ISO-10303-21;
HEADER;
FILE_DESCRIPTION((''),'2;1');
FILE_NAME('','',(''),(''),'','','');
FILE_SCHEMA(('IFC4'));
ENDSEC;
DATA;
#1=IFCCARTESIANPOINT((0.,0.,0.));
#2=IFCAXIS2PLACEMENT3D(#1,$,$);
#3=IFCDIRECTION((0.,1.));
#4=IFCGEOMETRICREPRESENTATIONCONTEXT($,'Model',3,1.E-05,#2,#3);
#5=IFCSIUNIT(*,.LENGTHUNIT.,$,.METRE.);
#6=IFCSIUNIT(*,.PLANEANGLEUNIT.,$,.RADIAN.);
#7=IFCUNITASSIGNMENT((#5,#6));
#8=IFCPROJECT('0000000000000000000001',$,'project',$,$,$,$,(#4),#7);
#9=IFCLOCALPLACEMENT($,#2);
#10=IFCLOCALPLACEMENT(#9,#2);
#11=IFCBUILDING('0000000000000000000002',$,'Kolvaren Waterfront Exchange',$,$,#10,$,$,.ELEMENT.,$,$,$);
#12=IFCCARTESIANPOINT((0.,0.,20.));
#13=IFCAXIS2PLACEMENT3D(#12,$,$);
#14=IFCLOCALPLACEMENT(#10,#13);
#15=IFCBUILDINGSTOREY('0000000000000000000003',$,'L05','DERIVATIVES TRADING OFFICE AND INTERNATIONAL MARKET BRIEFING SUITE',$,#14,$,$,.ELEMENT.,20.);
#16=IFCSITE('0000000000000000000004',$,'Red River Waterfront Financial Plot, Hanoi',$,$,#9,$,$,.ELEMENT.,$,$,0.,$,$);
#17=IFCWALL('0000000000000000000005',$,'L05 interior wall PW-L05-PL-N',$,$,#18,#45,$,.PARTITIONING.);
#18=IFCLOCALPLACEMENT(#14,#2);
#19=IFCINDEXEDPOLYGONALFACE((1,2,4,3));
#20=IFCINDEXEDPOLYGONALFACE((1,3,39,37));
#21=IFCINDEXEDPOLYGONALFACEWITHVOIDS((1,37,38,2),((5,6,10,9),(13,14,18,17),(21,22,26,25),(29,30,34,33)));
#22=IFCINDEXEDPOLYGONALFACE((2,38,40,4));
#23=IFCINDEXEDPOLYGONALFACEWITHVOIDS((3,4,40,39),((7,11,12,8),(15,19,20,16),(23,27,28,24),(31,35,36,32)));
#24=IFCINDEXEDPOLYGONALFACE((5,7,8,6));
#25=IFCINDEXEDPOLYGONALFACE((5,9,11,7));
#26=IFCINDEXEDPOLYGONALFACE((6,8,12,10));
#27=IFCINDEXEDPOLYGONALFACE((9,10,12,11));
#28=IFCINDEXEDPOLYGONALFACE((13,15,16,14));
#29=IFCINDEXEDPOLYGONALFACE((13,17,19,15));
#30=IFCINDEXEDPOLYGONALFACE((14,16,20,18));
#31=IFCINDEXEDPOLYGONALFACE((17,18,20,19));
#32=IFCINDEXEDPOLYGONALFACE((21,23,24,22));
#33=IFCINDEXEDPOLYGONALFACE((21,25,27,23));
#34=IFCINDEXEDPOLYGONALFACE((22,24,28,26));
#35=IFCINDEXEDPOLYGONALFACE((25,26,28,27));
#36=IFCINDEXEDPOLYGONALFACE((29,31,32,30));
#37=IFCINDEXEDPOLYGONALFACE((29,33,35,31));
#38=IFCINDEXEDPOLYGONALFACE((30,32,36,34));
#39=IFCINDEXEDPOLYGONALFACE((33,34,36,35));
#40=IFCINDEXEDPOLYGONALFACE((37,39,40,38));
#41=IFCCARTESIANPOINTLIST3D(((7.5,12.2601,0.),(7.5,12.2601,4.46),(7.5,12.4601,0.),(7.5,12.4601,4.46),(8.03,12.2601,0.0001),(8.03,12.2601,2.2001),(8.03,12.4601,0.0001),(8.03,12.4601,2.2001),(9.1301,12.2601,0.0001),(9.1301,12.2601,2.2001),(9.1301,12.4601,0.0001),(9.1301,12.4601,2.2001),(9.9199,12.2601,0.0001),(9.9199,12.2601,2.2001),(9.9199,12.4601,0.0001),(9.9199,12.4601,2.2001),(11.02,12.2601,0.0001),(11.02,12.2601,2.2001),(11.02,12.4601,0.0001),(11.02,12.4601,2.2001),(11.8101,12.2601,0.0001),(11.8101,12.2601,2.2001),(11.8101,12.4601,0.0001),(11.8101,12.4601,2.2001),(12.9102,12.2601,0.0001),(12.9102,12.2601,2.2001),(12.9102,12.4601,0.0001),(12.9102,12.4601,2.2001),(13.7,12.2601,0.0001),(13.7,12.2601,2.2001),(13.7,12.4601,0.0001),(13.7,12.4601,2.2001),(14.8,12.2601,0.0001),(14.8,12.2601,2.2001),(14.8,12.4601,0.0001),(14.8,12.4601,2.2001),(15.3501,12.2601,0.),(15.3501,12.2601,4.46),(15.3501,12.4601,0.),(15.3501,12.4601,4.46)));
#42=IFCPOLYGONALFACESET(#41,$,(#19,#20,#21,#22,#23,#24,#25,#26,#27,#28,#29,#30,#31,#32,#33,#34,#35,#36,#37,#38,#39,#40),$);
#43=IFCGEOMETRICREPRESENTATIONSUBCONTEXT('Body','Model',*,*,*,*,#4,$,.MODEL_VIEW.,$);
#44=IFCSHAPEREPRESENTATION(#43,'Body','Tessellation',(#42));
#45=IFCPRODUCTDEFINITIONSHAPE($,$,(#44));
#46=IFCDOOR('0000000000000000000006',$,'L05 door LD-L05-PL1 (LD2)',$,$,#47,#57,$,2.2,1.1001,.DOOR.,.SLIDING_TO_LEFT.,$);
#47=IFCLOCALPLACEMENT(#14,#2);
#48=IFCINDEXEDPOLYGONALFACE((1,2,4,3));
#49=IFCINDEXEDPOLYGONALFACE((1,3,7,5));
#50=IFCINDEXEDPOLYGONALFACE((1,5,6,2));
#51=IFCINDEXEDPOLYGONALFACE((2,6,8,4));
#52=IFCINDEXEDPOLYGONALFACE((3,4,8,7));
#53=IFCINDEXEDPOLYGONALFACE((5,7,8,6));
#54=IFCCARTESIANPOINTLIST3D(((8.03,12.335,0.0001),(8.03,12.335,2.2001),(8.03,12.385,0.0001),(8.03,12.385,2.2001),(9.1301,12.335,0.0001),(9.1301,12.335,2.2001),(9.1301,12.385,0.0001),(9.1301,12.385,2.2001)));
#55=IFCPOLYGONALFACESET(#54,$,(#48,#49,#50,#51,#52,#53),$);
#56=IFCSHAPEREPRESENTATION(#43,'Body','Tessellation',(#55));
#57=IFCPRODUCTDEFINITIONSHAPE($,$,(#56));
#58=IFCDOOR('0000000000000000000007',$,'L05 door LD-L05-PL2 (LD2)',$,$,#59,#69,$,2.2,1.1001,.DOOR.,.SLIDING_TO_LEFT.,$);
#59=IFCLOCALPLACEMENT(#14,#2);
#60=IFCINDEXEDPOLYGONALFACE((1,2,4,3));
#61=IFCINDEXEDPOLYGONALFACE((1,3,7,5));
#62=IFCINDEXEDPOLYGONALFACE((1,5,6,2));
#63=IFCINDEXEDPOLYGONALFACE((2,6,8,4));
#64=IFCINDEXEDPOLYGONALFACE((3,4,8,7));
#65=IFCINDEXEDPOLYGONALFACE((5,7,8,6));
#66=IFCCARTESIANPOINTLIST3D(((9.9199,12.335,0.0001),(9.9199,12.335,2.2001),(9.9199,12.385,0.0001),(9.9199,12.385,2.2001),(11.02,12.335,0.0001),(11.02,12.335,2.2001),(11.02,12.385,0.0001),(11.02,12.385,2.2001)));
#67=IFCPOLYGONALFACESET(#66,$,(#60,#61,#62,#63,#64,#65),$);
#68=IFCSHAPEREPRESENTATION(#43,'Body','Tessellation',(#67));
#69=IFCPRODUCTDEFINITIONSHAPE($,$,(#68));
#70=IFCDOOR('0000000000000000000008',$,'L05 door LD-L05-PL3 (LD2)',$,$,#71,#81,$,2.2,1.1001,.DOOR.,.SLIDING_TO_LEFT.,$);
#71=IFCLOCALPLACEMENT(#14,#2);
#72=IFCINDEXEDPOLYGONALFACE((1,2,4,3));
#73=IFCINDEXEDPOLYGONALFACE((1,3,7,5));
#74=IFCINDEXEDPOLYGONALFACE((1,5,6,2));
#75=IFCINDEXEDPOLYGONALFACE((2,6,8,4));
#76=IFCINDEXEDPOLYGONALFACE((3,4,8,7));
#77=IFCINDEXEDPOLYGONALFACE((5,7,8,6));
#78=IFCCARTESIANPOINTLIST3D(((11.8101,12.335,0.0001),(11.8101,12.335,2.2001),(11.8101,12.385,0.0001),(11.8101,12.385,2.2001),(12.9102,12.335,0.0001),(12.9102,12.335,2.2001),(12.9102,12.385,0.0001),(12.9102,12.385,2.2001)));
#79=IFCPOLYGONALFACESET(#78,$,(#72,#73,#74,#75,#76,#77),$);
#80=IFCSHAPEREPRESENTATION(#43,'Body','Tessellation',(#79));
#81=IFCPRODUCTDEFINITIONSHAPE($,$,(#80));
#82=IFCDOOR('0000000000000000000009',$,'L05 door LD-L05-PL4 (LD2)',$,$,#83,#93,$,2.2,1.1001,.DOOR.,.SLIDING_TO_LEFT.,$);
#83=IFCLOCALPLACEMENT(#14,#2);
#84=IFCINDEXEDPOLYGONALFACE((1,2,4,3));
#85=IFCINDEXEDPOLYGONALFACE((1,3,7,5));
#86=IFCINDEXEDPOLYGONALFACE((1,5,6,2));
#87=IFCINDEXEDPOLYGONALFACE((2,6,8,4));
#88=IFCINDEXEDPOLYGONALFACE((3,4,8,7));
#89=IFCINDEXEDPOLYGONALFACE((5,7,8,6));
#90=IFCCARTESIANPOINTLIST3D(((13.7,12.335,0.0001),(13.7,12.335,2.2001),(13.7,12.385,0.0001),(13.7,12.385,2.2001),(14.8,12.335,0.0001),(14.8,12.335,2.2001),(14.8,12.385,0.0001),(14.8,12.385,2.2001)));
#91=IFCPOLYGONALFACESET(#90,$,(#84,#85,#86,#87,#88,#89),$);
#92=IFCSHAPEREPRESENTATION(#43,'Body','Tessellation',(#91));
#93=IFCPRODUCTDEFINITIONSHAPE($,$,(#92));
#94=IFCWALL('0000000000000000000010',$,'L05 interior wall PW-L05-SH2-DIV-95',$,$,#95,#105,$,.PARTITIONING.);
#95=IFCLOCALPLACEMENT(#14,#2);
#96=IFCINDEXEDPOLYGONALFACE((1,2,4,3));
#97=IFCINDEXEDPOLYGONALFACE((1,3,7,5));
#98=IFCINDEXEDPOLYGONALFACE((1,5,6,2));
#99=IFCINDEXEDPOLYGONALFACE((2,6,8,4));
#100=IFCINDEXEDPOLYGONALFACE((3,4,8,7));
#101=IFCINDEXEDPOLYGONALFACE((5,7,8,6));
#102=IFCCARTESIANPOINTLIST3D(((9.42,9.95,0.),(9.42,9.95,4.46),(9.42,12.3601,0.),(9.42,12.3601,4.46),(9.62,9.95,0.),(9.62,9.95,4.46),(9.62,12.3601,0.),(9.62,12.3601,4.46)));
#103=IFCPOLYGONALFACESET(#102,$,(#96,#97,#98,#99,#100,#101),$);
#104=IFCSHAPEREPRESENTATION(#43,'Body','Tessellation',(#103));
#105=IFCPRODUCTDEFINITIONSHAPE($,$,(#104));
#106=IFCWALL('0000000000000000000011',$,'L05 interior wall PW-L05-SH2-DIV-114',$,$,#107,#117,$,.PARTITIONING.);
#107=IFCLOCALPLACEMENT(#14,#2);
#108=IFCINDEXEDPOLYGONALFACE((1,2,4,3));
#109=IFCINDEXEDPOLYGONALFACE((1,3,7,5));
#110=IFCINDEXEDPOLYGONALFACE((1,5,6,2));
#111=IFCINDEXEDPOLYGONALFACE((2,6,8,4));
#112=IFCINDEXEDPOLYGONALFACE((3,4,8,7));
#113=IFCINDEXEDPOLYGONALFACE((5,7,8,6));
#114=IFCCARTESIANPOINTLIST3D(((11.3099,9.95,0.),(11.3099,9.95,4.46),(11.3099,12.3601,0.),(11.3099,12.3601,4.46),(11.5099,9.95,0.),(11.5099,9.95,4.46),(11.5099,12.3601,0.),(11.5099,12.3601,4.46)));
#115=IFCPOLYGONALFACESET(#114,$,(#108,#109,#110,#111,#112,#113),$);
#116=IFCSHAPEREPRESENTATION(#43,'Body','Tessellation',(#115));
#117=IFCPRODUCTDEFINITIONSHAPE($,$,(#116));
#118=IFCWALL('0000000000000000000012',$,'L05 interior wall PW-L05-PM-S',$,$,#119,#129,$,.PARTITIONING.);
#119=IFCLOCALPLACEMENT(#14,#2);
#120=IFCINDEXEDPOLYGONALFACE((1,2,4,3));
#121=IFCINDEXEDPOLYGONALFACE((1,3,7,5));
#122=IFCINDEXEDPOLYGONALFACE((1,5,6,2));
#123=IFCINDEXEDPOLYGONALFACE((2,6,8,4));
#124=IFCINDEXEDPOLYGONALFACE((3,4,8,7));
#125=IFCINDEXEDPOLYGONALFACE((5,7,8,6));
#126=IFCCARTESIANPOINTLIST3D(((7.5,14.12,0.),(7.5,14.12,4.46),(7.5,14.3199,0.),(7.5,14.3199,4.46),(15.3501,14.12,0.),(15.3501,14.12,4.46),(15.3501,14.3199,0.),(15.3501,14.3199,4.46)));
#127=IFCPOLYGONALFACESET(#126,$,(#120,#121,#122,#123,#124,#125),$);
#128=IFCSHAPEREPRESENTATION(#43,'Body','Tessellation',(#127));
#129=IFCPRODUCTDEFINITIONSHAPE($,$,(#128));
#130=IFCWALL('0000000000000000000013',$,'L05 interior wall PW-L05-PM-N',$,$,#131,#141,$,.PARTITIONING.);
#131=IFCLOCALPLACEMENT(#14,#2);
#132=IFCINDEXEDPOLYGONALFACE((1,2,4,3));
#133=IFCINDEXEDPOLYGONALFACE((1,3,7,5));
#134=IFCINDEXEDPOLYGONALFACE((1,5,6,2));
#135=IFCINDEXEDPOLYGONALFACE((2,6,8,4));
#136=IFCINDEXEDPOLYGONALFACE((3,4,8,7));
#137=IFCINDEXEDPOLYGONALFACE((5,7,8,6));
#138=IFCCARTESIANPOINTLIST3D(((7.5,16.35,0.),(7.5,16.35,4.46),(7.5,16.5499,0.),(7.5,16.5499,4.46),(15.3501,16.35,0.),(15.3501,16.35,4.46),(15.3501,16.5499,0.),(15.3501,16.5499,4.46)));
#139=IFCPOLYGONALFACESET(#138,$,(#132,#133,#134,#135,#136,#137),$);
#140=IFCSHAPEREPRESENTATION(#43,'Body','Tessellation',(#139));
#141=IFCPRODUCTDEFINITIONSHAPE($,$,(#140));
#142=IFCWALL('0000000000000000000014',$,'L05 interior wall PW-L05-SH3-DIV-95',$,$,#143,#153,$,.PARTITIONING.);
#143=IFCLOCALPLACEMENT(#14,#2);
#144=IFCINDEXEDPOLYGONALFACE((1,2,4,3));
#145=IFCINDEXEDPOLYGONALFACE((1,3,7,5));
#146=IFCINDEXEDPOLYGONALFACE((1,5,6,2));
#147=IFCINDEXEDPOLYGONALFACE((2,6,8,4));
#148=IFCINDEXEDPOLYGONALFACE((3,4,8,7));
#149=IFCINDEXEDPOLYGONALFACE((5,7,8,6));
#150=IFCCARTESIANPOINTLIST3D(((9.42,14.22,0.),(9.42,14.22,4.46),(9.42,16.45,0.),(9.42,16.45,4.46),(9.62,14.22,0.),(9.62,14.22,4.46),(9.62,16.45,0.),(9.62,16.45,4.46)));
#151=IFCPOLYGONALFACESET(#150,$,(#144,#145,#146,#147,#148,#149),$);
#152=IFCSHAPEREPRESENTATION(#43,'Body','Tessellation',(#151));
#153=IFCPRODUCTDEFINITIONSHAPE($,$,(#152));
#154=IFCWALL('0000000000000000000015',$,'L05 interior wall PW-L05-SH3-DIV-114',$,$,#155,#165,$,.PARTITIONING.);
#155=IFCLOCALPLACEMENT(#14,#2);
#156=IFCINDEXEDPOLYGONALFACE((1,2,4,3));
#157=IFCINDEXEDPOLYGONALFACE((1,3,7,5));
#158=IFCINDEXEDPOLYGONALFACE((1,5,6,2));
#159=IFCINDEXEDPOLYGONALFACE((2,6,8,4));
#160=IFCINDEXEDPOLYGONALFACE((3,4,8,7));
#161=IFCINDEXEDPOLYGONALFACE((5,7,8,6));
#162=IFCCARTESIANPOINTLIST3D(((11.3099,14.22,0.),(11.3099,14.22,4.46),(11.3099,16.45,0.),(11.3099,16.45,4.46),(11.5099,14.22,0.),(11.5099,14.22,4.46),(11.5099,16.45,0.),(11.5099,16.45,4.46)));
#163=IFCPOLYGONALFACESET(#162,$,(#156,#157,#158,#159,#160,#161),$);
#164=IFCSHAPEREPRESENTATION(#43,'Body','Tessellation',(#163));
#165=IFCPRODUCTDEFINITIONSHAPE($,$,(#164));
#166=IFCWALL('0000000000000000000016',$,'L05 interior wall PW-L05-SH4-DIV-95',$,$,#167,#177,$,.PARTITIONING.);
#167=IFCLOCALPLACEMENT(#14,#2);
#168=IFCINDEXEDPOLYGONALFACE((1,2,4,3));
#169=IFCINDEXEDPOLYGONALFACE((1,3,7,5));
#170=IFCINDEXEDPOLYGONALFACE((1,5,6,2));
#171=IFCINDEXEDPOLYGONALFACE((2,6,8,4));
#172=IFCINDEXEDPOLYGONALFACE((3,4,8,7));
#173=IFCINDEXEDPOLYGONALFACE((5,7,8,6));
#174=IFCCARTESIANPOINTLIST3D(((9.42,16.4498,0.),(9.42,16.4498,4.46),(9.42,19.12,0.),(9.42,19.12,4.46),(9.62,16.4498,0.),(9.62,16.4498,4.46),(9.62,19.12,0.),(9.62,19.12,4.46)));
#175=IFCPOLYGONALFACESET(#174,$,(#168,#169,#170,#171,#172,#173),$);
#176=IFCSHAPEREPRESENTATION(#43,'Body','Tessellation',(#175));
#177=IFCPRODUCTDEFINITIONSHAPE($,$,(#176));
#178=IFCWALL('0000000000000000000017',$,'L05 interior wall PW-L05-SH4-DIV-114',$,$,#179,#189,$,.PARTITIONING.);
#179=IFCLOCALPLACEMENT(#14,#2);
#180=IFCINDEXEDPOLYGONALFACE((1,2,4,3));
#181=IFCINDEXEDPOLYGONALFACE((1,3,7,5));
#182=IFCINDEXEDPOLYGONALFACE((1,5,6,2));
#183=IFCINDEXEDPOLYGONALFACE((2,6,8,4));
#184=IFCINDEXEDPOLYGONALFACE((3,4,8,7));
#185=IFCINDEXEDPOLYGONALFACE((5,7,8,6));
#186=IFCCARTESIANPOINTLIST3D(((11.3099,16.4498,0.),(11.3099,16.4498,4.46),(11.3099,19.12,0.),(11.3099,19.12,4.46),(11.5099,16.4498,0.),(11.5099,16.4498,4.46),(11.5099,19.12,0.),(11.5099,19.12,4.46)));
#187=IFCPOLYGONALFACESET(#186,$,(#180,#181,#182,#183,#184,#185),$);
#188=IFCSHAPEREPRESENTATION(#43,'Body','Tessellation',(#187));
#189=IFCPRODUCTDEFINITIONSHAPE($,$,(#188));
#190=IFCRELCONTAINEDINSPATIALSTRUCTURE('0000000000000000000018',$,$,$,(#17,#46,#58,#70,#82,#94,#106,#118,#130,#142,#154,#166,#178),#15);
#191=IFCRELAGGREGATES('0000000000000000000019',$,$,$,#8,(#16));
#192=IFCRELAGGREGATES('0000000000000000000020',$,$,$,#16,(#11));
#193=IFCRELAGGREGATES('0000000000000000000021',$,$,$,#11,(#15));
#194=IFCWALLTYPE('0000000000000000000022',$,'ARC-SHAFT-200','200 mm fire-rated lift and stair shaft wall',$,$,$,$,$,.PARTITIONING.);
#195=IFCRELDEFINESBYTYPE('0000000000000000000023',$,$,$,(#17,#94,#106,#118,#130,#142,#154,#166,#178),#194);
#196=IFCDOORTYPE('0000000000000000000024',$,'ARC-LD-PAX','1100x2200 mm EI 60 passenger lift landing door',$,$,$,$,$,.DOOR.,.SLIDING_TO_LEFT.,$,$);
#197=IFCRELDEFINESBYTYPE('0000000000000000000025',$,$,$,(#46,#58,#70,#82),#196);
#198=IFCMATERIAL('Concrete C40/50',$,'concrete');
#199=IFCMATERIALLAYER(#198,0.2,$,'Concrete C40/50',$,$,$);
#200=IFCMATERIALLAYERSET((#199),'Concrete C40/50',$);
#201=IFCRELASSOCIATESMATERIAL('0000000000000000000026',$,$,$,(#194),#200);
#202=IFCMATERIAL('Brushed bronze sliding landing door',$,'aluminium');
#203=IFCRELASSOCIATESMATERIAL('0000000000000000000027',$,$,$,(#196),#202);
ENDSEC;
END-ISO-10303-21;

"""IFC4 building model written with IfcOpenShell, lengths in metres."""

from ifc_helpers import new_model, si_unit, direction, frame, frame_2d, origin, place, context, subcontext, project, spatial, rectangle, extrude, material, layer, layer_set, type_object, element, fill, save


model = new_model("IFC4")

# Units and contexts
model_context = context("Model", 3, precision=1e-05, world=origin(), true_north=direction((0.0, 1.0)))
body_context = subcontext(model_context, "Body", "Model", "MODEL_VIEW")
ifc_project = project(units=[si_unit("LENGTHUNIT", "METRE"), si_unit("PLANEANGLEUNIT", "RADIAN")], contexts=[model_context])

# Site, building, storey
site_placement = place(None, origin())
site = spatial("IfcSite", under=ifc_project, at=site_placement, Name="Red River Waterfront Financial Plot, Hanoi", CompositionType="ELEMENT", RefElevation=0.0)
building_placement = place(site_placement, origin())
building = spatial("IfcBuilding", under=site, at=building_placement, Name="Kolvaren Waterfront Exchange", CompositionType="ELEMENT")
storey_placement = place(building_placement, frame((0.0, 0.0, 20.0)))
storey = spatial("IfcBuildingStorey", under=building, at=storey_placement, Name="L05", Description="DERIVATIVES TRADING OFFICE AND INTERNATIONAL MARKET BRIEFING SUITE", CompositionType="ELEMENT", Elevation=20.0)

# Wall, openings, doors
ifc_material_1 = material(Name="Concrete C40/50", Category="concrete")
ifc_layer_1 = layer(ifc_material_1, 0.2, Name="Concrete C40/50")
ifc_layer_set_1 = layer_set([ifc_layer_1], Name="Concrete C40/50")
wall_type_1 = type_object("IfcWallType", Name="ARC-SHAFT-200", Description="200 mm fire-rated lift and stair shaft wall", PredefinedType="PARTITIONING", material=ifc_layer_set_1)
wall_1_placement = place(storey_placement, frame((7.5, 12.3601, 0.0), z_axis=(0.0, 0.0, 1.0), x_axis=(1.0, 0.0, 0.0)))
wall_1 = element("IfcWall", 1, at=wall_1_placement, inside=storey, type_object=wall_type_1, Name="L05 interior wall PW-L05-PL-N", PredefinedType="PARTITIONING", context=body_context, shape_type="SweptSolid", body=[
    extrude(rectangle(XDim=7.8501, YDim=0.2, at=frame_2d((3.925, 0.0))), origin(), (0.0, 0.0, 1.0), 4.46),
])
opening_1_placement = place(wall_1_placement, frame((0.53, 0.0, 0.0)))
opening_1 = element("IfcOpeningElement", 2, at=opening_1_placement, cuts=wall_1, PredefinedType="OPENING", context=body_context, shape_type="SweptSolid", body=[
    extrude(rectangle(XDim=1.1001, YDim=2.2, at=frame_2d((0.55, 1.1001))), frame((0.0, 0.1099, 0.0), z_axis=(0.0, -1.0, 0.0), x_axis=(1.0, 0.0, 0.0)), (0.0, 0.0, 1.0), 0.22),
])
opening_2_placement = place(wall_1_placement, frame((2.4199, 0.0, 0.0)))
opening_2 = element("IfcOpeningElement", 3, at=opening_2_placement, cuts=wall_1, PredefinedType="OPENING", context=body_context, shape_type="SweptSolid", body=[
    extrude(rectangle(XDim=1.1001, YDim=2.2, at=frame_2d((0.55, 1.1001))), frame((0.0, 0.1099, 0.0), z_axis=(0.0, -1.0, 0.0), x_axis=(1.0, 0.0, 0.0)), (0.0, 0.0, 1.0), 0.22),
])
opening_3_placement = place(wall_1_placement, frame((4.3101, 0.0, 0.0)))
opening_3 = element("IfcOpeningElement", 4, at=opening_3_placement, cuts=wall_1, PredefinedType="OPENING", context=body_context, shape_type="SweptSolid", body=[
    extrude(rectangle(XDim=1.1001, YDim=2.2, at=frame_2d((0.55, 1.1001))), frame((0.0, 0.1099, 0.0), z_axis=(0.0, -1.0, 0.0), x_axis=(1.0, 0.0, 0.0)), (0.0, 0.0, 1.0), 0.22),
])
opening_4_placement = place(wall_1_placement, frame((6.2, 0.0, 0.0)))
opening_4 = element("IfcOpeningElement", 5, at=opening_4_placement, cuts=wall_1, PredefinedType="OPENING", context=body_context, shape_type="SweptSolid", body=[
    extrude(rectangle(XDim=1.1001, YDim=2.2, at=frame_2d((0.55, 1.1001))), frame((0.0, 0.1099, 0.0), z_axis=(0.0, -1.0, 0.0), x_axis=(1.0, 0.0, 0.0)), (0.0, 0.0, 1.0), 0.22),
])
ifc_material_2 = material(Name="Brushed bronze sliding landing door", Category="aluminium")
door_type_1 = type_object("IfcDoorType", Name="ARC-LD-PAX", Description="1100x2200 mm EI 60 passenger lift landing door", OperationType="SLIDING_TO_LEFT", PredefinedType="DOOR", material=ifc_material_2)
door_1_placement = place(opening_1_placement, origin())
door_1 = element("IfcDoor", 6, at=door_1_placement, inside=storey, type_object=door_type_1, Name="L05 door LD-L05-PL1 (LD2)", OperationType="SLIDING_TO_LEFT", OverallHeight=2.2, OverallWidth=1.1001, PredefinedType="DOOR", context=body_context, shape_type="SweptSolid", body=[
    extrude(rectangle(XDim=1.1001, YDim=2.2, at=frame_2d((0.55, 1.1001))), frame((0.0, 0.0249, 0.0), z_axis=(0.0, -1.0, 0.0), x_axis=(1.0, 0.0, 0.0)), (0.0, 0.0, 1.0), 0.05),
])
fill(opening_1, door_1)
door_2_placement = place(opening_2_placement, origin())
door_2 = element("IfcDoor", 7, at=door_2_placement, inside=storey, type_object=door_type_1, Name="L05 door LD-L05-PL2 (LD2)", OperationType="SLIDING_TO_LEFT", OverallHeight=2.2, OverallWidth=1.1001, PredefinedType="DOOR", context=body_context, shape_type="SweptSolid", body=[
    extrude(rectangle(XDim=1.1001, YDim=2.2, at=frame_2d((0.55, 1.1001))), frame((0.0, 0.0249, 0.0), z_axis=(0.0, -1.0, 0.0), x_axis=(1.0, 0.0, 0.0)), (0.0, 0.0, 1.0), 0.05),
])
fill(opening_2, door_2)
door_3_placement = place(opening_3_placement, origin())
door_3 = element("IfcDoor", 8, at=door_3_placement, inside=storey, type_object=door_type_1, Name="L05 door LD-L05-PL3 (LD2)", OperationType="SLIDING_TO_LEFT", OverallHeight=2.2, OverallWidth=1.1001, PredefinedType="DOOR", context=body_context, shape_type="SweptSolid", body=[
    extrude(rectangle(XDim=1.1001, YDim=2.2, at=frame_2d((0.55, 1.1001))), frame((0.0, 0.0249, 0.0), z_axis=(0.0, -1.0, 0.0), x_axis=(1.0, 0.0, 0.0)), (0.0, 0.0, 1.0), 0.05),
])
fill(opening_3, door_3)
door_4_placement = place(opening_4_placement, origin())
door_4 = element("IfcDoor", 9, at=door_4_placement, inside=storey, type_object=door_type_1, Name="L05 door LD-L05-PL4 (LD2)", OperationType="SLIDING_TO_LEFT", OverallHeight=2.2, OverallWidth=1.1001, PredefinedType="DOOR", context=body_context, shape_type="SweptSolid", body=[
    extrude(rectangle(XDim=1.1001, YDim=2.2, at=frame_2d((0.55, 1.1001))), frame((0.0, 0.0249, 0.0), z_axis=(0.0, -1.0, 0.0), x_axis=(1.0, 0.0, 0.0)), (0.0, 0.0, 1.0), 0.05),
])
fill(opening_4, door_4)

# Walls
for number, where, z_axis, x_axis, name in (
    (10, (9.52, 9.95, 0.0), (0.0, 0.0, 1.0), (0.0, 1.0, 0.0), "L05 interior wall PW-L05-SH2-DIV-95"),
    (11, (11.4099, 9.95, 0.0), (0.0, 0.0, 1.0), (0.0, 1.0, 0.0), "L05 interior wall PW-L05-SH2-DIV-114"),
):
    element("IfcWall", number, at=place(storey_placement, frame(where, z_axis=z_axis, x_axis=x_axis)), inside=storey, type_object=wall_type_1, Name=name, PredefinedType="PARTITIONING", context=body_context, shape_type="SweptSolid", body=[
        extrude(rectangle(XDim=2.4102, YDim=0.2, at=frame_2d((1.2051, 0.0))), origin(), (0.0, 0.0, 1.0), 4.46),
    ])
for number, where, z_axis, x_axis, name in (
    (12, (7.5, 14.22, 0.0), (0.0, 0.0, 1.0), (1.0, 0.0, 0.0), "L05 interior wall PW-L05-PM-S"),
    (13, (7.5, 16.45, 0.0), (0.0, 0.0, 1.0), (1.0, 0.0, 0.0), "L05 interior wall PW-L05-PM-N"),
):
    element("IfcWall", number, at=place(storey_placement, frame(where, z_axis=z_axis, x_axis=x_axis)), inside=storey, type_object=wall_type_1, Name=name, PredefinedType="PARTITIONING", context=body_context, shape_type="SweptSolid", body=[
        extrude(rectangle(XDim=7.8501, YDim=0.2, at=frame_2d((3.925, 0.0))), origin(), (0.0, 0.0, 1.0), 4.46),
    ])
for number, where, z_axis, x_axis, name in (
    (14, (9.52, 14.22, 0.0), (0.0, 0.0, 1.0), (0.0, 1.0, 0.0), "L05 interior wall PW-L05-SH3-DIV-95"),
    (15, (11.4099, 14.22, 0.0), (0.0, 0.0, 1.0), (0.0, 1.0, 0.0), "L05 interior wall PW-L05-SH3-DIV-114"),
):
    element("IfcWall", number, at=place(storey_placement, frame(where, z_axis=z_axis, x_axis=x_axis)), inside=storey, type_object=wall_type_1, Name=name, PredefinedType="PARTITIONING", context=body_context, shape_type="SweptSolid", body=[
        extrude(rectangle(XDim=2.23, YDim=0.2, at=frame_2d((1.115, 0.0))), origin(), (0.0, 0.0, 1.0), 4.46),
    ])
for number, where, z_axis, x_axis, name in (
    (16, (9.52, 16.45, 0.0), (0.0, 0.0, 1.0), (0.0, 1.0, 0.0), "L05 interior wall PW-L05-SH4-DIV-95"),
    (17, (11.4099, 16.45, 0.0), (0.0, 0.0, 1.0), (0.0, 1.0, 0.0), "L05 interior wall PW-L05-SH4-DIV-114"),
):
    element("IfcWall", number, at=place(storey_placement, frame(where, z_axis=z_axis, x_axis=x_axis)), inside=storey, type_object=wall_type_1, Name=name, PredefinedType="PARTITIONING", context=body_context, shape_type="SweptSolid", body=[
        extrude(rectangle(XDim=2.6702, YDim=0.2, at=frame_2d((1.335, 0.0))), origin(), (0.0, 0.0, 1.0), 4.46),
    ])

save(model, "model.ifc")
